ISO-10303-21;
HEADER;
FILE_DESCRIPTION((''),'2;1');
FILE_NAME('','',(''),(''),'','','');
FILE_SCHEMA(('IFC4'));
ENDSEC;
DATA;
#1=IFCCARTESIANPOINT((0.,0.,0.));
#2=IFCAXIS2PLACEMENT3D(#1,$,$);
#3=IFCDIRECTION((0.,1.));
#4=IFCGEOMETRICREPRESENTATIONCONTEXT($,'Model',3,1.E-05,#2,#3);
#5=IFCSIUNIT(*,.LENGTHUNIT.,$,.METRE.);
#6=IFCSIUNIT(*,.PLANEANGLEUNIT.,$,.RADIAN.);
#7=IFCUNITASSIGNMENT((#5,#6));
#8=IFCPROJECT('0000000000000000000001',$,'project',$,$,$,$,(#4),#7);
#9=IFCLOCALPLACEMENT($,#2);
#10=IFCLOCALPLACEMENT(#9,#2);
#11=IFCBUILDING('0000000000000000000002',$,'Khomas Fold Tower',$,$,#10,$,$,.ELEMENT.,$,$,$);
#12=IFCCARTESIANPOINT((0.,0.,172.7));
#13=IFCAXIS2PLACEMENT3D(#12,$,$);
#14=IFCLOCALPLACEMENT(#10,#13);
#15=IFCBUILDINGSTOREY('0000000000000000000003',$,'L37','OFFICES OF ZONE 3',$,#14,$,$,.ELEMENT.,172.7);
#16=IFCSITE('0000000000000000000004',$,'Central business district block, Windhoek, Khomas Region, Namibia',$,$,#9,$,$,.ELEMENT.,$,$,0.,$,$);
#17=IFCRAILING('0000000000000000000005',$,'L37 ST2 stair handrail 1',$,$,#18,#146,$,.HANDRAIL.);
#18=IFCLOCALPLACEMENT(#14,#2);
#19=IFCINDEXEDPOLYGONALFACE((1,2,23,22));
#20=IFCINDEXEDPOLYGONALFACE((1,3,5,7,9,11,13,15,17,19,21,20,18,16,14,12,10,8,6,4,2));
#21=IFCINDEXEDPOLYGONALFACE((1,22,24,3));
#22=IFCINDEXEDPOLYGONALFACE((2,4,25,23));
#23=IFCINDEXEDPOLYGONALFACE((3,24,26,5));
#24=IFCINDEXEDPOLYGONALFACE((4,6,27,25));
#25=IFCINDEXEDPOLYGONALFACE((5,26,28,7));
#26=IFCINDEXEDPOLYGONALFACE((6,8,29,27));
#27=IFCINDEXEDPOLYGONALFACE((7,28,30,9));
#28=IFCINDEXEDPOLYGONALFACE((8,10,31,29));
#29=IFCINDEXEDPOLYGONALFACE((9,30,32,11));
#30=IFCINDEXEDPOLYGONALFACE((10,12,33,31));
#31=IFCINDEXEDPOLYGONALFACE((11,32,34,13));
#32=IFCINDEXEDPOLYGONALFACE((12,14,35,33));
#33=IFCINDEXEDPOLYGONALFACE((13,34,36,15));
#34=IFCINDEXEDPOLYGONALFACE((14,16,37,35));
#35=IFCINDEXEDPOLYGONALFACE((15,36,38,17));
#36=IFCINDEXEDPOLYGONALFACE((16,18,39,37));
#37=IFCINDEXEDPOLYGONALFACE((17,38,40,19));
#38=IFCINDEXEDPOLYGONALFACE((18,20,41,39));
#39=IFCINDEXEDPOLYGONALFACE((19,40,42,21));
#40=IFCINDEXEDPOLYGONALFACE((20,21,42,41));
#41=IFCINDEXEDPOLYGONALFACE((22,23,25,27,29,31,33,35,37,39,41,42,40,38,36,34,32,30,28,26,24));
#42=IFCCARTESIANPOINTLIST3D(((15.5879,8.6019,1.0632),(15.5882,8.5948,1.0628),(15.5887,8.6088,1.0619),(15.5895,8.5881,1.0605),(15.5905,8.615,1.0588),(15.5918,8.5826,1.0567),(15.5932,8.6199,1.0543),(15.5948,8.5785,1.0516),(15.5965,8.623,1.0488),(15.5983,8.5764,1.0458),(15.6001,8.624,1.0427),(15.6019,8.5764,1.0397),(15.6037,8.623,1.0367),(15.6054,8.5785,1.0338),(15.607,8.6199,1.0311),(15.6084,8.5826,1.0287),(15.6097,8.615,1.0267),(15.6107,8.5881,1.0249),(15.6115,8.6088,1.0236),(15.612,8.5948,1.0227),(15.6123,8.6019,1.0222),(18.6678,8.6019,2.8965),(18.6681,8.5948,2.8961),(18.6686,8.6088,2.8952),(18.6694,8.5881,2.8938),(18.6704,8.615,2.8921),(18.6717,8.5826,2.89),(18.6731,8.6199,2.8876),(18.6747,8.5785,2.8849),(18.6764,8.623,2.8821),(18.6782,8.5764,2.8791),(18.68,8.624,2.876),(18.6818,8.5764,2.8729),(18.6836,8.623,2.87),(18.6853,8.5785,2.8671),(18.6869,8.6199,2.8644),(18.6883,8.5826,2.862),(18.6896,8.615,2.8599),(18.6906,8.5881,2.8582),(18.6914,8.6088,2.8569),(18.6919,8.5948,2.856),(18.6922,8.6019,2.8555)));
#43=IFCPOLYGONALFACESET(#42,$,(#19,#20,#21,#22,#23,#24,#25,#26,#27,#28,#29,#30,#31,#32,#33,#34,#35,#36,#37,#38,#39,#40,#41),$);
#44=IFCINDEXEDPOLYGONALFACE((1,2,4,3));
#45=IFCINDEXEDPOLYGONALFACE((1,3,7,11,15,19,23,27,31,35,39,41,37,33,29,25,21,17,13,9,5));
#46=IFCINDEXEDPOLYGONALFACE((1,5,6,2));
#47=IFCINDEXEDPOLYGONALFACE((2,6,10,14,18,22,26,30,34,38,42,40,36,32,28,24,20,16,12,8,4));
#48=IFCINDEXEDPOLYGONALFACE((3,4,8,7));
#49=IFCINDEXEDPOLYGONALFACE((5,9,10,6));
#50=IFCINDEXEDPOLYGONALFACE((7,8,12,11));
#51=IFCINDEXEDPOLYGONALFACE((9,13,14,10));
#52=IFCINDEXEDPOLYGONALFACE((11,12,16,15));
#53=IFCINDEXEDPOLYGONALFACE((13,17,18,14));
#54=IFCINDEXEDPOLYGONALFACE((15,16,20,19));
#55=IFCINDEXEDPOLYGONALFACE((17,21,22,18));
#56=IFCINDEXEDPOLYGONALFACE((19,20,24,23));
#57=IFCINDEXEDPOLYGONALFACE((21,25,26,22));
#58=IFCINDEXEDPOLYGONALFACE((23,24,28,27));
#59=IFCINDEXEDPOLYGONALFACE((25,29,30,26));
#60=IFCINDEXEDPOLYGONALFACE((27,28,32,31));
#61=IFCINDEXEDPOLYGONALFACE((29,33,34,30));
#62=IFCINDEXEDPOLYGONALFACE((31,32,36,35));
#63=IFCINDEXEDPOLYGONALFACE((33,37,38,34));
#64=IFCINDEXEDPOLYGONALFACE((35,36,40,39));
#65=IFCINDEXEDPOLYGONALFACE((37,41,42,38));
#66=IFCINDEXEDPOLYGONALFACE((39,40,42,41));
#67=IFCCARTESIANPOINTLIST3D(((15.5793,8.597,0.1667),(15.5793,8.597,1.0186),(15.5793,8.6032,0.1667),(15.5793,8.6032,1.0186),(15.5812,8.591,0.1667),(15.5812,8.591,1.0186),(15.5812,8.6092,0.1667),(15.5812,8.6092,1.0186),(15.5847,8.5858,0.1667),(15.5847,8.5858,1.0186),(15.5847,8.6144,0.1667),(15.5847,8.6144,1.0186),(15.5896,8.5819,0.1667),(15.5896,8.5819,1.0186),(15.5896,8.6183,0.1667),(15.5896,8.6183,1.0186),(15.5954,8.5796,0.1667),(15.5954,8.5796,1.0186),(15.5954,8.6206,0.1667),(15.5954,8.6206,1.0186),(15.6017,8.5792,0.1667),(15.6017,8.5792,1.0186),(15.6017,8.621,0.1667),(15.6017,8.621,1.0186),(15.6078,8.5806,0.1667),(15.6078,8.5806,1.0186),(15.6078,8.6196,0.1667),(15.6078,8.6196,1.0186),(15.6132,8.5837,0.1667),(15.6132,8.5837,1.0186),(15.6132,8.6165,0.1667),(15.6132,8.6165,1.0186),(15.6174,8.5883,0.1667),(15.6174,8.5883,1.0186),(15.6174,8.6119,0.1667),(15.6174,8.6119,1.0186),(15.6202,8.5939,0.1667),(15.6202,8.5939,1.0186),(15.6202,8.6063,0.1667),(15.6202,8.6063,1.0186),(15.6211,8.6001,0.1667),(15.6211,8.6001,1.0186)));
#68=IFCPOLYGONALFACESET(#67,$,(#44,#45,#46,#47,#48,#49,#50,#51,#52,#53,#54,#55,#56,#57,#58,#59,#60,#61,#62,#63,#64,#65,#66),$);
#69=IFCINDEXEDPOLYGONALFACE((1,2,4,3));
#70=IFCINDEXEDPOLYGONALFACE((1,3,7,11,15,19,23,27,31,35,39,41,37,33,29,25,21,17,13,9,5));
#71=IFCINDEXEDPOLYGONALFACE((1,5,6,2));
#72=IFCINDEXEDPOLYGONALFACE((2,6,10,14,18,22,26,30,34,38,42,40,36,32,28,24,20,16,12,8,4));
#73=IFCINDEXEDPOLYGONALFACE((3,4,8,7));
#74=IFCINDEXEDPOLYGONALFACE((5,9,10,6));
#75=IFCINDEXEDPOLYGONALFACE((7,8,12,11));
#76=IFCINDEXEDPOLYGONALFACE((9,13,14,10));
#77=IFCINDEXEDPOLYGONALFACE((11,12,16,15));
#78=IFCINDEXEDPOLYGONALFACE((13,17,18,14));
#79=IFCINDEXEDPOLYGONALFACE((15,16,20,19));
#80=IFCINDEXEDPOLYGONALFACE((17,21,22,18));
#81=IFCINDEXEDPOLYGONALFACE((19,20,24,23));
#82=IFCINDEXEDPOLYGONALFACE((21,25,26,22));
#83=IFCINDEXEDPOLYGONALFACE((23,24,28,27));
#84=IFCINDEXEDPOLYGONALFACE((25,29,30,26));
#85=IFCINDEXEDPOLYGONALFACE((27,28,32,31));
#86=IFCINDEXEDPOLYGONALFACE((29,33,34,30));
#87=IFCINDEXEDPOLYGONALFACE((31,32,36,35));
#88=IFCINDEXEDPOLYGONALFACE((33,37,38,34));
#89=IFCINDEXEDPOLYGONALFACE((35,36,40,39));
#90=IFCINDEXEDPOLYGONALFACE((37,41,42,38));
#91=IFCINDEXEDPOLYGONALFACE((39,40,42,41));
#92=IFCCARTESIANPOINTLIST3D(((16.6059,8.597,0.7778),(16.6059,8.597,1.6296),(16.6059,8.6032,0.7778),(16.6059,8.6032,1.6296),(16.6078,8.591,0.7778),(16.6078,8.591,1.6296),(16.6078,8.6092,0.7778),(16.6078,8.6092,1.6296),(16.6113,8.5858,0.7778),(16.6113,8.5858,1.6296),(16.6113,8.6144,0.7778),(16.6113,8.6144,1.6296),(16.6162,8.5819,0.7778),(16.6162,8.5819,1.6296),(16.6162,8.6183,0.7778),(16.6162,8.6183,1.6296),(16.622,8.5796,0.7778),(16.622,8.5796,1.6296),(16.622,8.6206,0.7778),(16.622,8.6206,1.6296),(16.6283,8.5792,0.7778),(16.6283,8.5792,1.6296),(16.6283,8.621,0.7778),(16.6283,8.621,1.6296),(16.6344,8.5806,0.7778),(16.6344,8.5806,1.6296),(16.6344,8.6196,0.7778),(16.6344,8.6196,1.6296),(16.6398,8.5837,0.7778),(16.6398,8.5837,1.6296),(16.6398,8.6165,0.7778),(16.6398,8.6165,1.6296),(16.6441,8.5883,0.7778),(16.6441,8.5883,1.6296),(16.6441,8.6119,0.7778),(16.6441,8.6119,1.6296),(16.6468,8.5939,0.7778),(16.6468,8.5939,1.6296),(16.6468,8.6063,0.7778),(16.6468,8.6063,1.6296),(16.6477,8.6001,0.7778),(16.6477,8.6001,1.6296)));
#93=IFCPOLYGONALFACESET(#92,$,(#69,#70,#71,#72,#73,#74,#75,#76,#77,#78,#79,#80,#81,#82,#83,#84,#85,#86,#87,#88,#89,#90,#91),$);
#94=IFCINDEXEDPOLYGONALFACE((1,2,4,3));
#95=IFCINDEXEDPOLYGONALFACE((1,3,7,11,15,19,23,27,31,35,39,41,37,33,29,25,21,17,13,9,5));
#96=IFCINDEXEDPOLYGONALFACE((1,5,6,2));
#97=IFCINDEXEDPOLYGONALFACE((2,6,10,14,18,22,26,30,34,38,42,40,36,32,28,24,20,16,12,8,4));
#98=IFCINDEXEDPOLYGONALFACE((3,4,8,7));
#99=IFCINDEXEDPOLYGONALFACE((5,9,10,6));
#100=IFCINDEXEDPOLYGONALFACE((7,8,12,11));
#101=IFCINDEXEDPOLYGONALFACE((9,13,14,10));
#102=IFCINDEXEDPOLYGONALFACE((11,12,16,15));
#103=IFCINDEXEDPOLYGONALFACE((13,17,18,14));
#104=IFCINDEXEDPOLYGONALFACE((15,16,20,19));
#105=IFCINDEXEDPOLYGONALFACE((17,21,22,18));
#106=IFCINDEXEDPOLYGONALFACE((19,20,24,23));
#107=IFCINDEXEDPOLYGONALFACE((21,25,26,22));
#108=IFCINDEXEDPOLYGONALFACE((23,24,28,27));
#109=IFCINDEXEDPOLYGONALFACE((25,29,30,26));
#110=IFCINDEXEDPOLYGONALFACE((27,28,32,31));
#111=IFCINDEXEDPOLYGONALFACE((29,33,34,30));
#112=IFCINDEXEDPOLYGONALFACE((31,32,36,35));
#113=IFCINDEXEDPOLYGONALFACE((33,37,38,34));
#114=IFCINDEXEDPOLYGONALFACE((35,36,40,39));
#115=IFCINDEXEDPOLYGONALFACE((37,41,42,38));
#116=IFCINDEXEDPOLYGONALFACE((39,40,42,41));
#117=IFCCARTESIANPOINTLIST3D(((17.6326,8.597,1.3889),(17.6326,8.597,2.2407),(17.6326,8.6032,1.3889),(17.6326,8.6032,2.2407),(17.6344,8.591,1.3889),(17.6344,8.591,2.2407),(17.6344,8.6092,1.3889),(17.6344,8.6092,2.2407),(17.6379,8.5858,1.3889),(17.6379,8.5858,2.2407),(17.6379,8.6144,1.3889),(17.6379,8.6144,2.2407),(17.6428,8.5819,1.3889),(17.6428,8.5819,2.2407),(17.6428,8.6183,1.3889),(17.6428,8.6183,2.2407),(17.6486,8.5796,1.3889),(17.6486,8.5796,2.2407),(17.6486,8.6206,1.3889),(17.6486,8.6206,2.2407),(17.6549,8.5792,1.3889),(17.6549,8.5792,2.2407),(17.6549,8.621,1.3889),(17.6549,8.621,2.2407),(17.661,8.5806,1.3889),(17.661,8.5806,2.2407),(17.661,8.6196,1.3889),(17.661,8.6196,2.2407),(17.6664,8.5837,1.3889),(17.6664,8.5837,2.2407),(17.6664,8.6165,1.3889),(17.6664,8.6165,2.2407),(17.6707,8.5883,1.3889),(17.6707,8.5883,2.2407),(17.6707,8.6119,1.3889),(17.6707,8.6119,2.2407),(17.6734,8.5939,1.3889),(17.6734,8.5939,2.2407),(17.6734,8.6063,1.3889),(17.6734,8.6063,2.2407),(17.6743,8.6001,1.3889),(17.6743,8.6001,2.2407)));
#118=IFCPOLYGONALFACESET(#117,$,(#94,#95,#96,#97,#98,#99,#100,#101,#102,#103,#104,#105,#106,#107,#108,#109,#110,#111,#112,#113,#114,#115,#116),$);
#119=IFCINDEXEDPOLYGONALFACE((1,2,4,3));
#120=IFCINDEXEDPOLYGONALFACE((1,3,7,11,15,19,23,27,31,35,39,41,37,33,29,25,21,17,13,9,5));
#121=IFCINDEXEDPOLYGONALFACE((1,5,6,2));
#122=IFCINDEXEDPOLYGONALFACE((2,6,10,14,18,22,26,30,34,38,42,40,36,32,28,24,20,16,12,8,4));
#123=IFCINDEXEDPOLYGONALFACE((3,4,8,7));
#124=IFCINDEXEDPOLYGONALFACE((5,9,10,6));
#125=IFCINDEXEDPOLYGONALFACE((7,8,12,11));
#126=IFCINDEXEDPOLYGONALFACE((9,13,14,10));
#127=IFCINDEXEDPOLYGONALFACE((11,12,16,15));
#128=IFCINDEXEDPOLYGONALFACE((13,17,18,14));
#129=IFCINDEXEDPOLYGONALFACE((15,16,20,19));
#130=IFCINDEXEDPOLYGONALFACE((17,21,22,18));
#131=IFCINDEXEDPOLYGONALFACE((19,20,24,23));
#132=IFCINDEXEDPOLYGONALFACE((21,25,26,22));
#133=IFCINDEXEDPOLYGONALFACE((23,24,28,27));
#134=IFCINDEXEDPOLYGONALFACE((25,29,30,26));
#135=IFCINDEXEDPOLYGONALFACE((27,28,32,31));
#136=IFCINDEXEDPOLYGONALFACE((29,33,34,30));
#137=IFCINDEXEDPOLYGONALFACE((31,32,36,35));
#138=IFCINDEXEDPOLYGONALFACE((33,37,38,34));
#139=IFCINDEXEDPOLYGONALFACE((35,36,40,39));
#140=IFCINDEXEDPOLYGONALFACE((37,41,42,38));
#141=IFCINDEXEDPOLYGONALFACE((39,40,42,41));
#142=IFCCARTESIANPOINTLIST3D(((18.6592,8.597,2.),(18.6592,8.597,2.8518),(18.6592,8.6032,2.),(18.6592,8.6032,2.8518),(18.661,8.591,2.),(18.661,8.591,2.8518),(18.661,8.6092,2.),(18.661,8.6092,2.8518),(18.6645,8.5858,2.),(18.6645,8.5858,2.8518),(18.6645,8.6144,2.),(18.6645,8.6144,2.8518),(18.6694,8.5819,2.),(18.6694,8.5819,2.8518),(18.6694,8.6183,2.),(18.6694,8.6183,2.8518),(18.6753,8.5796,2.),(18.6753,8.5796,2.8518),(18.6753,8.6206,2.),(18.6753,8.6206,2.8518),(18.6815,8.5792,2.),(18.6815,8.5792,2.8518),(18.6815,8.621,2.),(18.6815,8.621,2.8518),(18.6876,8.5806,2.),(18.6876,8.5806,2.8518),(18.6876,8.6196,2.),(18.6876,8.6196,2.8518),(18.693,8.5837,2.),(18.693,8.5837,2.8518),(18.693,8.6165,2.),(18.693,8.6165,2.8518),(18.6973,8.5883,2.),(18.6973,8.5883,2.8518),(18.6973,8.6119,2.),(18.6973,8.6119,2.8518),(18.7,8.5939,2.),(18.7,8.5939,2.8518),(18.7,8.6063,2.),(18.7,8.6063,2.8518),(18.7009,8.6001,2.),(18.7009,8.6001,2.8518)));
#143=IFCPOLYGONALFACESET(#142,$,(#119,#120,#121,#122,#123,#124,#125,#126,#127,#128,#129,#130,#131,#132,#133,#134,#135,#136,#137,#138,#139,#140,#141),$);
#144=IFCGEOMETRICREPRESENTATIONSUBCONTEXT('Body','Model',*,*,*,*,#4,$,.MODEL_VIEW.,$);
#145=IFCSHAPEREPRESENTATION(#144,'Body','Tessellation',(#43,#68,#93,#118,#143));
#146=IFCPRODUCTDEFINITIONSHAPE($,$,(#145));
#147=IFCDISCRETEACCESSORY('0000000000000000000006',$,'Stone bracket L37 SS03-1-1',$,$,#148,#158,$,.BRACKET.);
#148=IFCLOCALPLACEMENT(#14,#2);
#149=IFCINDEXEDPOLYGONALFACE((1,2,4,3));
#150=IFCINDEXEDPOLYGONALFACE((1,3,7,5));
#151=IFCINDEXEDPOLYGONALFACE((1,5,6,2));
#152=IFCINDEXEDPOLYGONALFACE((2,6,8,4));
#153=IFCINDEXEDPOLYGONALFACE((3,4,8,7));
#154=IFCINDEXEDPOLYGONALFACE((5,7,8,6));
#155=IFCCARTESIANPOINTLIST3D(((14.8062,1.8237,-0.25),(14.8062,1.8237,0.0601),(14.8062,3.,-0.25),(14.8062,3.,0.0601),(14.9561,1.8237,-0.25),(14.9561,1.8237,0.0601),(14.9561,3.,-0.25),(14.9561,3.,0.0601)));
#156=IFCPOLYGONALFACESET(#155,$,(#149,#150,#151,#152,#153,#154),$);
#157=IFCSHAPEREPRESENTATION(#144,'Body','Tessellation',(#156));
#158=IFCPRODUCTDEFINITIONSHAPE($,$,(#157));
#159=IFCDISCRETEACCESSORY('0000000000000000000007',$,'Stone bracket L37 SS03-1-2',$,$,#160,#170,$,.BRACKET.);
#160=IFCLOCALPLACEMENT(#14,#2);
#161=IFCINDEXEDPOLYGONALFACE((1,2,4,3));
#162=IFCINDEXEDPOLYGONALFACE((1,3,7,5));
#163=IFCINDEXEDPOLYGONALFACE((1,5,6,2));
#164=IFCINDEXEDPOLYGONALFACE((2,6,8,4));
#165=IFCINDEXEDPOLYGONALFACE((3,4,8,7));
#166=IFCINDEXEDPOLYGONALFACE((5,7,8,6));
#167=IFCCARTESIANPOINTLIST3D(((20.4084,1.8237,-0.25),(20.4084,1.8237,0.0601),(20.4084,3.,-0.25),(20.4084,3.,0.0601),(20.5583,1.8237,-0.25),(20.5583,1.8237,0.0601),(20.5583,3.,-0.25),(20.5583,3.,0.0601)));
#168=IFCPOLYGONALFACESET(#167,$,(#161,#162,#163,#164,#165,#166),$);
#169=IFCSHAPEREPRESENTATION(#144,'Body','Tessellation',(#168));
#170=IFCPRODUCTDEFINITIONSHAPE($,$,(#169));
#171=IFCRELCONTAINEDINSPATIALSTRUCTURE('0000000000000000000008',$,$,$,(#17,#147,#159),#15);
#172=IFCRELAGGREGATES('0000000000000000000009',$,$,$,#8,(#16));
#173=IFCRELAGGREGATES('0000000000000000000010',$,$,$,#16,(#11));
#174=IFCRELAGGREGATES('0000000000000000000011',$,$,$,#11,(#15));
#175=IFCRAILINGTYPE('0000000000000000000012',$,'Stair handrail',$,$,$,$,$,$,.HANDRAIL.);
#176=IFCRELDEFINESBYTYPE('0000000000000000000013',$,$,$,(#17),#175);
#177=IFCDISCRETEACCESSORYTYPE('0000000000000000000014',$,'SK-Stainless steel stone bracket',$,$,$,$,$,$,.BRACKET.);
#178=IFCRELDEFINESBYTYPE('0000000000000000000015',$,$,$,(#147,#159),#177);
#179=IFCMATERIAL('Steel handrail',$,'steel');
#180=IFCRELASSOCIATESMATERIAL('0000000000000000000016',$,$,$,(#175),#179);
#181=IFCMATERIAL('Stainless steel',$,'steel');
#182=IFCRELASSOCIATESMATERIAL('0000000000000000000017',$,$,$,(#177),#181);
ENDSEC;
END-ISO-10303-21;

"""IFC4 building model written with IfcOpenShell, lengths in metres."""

from ifc_helpers import new_model, si_unit, direction, frame, origin, origin_2d, place, context, subcontext, project, spatial, rectangle, circle, extrude, source, transform, mapped, material, type_object, element, save


model = new_model("IFC4")

# Units and contexts
model_context = context("Model", 3, precision=1e-05, world=origin(), true_north=direction((0.0, 1.0)))
body_context = subcontext(model_context, "Body", "Model", "MODEL_VIEW")
ifc_project = project(units=[si_unit("LENGTHUNIT", "METRE"), si_unit("PLANEANGLEUNIT", "RADIAN")], contexts=[model_context])

# Site, building, storey
site_placement = place(None, origin())
site = spatial("IfcSite", under=ifc_project, at=site_placement, Name="Central business district block, Windhoek, Khomas Region, Namibia", CompositionType="ELEMENT", RefElevation=0.0)
building_placement = place(site_placement, origin())
building = spatial("IfcBuilding", under=site, at=building_placement, Name="Khomas Fold Tower", CompositionType="ELEMENT")
storey_placement = place(building_placement, frame((0.0, 0.0, 172.7)))
storey = spatial("IfcBuildingStorey", under=building, at=storey_placement, Name="L37", Description="OFFICES OF ZONE 3", CompositionType="ELEMENT", Elevation=172.7)

# Railing
ifc_material_1 = material(Name="Steel handrail", Category="steel")
railing_type = type_object("IfcRailingType", Name="Stair handrail", PredefinedType="HANDRAIL", material=ifc_material_1)
shared_shape_1 = source(origin(), body_context, "Body", "SweptSolid", [
    extrude(circle(Radius=0.0239, at=origin_2d()), frame((0.0, 0.0, 0.876), z_axis=(0.859291, 0.0, 0.511487), x_axis=(0.0, 1.0, 0.0)), (0.0, 0.0, 1.0), 3.5842),
    extrude(circle(Radius=0.021, at=origin_2d()), origin(), (0.0, 0.0, 1.0), 0.8518),
    extrude(circle(Radius=0.021, at=origin_2d()), frame((1.0266, 0.0, 0.6111)), (0.0, 0.0, 1.0), 0.8518),
    extrude(circle(Radius=0.021, at=origin_2d()), frame((2.0532, 0.0, 1.2222)), (0.0, 0.0, 1.0), 0.8518),
    extrude(circle(Radius=0.021, at=origin_2d()), frame((3.0798, 0.0, 1.8333)), (0.0, 0.0, 1.0), 0.8518),
])
railing_placement = place(storey_placement, frame((15.6001, 8.6001, 0.1667)))
element("IfcRailing", 1, at=railing_placement, inside=storey, type_object=railing_type, Name="L37 ST2 stair handrail 1", PredefinedType="HANDRAIL", context=body_context, shape_type="MappedRepresentation", body=[
    mapped(shared_shape_1, transform((0.0, 0.0, 0.0))),
])

# Discrete accessories
ifc_material_2 = material(Name="Stainless steel", Category="steel")
discrete_accessory_type = type_object("IfcDiscreteAccessoryType", Name="SK-Stainless steel stone bracket", PredefinedType="BRACKET", material=ifc_material_2)
shared_shape_2 = source(origin(), body_context, "Body", "SweptSolid", [
    extrude(rectangle(XDim=1.1763, YDim=0.1499, at=origin_2d()), origin(), (0.0, 0.0, 1.0), 0.3101),
])
for number, where, z_axis, x_axis, name in (
    (2, (14.8811, 2.4119, -0.25), (0.0, 0.0, 1.0), (0.0, -1.0, 0.0), "Stone bracket L37 SS03-1-1"),
    (3, (20.4834, 2.4119, -0.25), (0.0, 0.0, 1.0), (0.0, -1.0, 0.0), "Stone bracket L37 SS03-1-2"),
):
    element("IfcDiscreteAccessory", number, at=place(storey_placement, frame(where, z_axis=z_axis, x_axis=x_axis)), inside=storey, type_object=discrete_accessory_type, Name=name, PredefinedType="BRACKET", context=body_context, shape_type="MappedRepresentation", body=[
        mapped(shared_shape_2, transform((0.0, 0.0, 0.0))),
    ])

save(model, "model.ifc")
